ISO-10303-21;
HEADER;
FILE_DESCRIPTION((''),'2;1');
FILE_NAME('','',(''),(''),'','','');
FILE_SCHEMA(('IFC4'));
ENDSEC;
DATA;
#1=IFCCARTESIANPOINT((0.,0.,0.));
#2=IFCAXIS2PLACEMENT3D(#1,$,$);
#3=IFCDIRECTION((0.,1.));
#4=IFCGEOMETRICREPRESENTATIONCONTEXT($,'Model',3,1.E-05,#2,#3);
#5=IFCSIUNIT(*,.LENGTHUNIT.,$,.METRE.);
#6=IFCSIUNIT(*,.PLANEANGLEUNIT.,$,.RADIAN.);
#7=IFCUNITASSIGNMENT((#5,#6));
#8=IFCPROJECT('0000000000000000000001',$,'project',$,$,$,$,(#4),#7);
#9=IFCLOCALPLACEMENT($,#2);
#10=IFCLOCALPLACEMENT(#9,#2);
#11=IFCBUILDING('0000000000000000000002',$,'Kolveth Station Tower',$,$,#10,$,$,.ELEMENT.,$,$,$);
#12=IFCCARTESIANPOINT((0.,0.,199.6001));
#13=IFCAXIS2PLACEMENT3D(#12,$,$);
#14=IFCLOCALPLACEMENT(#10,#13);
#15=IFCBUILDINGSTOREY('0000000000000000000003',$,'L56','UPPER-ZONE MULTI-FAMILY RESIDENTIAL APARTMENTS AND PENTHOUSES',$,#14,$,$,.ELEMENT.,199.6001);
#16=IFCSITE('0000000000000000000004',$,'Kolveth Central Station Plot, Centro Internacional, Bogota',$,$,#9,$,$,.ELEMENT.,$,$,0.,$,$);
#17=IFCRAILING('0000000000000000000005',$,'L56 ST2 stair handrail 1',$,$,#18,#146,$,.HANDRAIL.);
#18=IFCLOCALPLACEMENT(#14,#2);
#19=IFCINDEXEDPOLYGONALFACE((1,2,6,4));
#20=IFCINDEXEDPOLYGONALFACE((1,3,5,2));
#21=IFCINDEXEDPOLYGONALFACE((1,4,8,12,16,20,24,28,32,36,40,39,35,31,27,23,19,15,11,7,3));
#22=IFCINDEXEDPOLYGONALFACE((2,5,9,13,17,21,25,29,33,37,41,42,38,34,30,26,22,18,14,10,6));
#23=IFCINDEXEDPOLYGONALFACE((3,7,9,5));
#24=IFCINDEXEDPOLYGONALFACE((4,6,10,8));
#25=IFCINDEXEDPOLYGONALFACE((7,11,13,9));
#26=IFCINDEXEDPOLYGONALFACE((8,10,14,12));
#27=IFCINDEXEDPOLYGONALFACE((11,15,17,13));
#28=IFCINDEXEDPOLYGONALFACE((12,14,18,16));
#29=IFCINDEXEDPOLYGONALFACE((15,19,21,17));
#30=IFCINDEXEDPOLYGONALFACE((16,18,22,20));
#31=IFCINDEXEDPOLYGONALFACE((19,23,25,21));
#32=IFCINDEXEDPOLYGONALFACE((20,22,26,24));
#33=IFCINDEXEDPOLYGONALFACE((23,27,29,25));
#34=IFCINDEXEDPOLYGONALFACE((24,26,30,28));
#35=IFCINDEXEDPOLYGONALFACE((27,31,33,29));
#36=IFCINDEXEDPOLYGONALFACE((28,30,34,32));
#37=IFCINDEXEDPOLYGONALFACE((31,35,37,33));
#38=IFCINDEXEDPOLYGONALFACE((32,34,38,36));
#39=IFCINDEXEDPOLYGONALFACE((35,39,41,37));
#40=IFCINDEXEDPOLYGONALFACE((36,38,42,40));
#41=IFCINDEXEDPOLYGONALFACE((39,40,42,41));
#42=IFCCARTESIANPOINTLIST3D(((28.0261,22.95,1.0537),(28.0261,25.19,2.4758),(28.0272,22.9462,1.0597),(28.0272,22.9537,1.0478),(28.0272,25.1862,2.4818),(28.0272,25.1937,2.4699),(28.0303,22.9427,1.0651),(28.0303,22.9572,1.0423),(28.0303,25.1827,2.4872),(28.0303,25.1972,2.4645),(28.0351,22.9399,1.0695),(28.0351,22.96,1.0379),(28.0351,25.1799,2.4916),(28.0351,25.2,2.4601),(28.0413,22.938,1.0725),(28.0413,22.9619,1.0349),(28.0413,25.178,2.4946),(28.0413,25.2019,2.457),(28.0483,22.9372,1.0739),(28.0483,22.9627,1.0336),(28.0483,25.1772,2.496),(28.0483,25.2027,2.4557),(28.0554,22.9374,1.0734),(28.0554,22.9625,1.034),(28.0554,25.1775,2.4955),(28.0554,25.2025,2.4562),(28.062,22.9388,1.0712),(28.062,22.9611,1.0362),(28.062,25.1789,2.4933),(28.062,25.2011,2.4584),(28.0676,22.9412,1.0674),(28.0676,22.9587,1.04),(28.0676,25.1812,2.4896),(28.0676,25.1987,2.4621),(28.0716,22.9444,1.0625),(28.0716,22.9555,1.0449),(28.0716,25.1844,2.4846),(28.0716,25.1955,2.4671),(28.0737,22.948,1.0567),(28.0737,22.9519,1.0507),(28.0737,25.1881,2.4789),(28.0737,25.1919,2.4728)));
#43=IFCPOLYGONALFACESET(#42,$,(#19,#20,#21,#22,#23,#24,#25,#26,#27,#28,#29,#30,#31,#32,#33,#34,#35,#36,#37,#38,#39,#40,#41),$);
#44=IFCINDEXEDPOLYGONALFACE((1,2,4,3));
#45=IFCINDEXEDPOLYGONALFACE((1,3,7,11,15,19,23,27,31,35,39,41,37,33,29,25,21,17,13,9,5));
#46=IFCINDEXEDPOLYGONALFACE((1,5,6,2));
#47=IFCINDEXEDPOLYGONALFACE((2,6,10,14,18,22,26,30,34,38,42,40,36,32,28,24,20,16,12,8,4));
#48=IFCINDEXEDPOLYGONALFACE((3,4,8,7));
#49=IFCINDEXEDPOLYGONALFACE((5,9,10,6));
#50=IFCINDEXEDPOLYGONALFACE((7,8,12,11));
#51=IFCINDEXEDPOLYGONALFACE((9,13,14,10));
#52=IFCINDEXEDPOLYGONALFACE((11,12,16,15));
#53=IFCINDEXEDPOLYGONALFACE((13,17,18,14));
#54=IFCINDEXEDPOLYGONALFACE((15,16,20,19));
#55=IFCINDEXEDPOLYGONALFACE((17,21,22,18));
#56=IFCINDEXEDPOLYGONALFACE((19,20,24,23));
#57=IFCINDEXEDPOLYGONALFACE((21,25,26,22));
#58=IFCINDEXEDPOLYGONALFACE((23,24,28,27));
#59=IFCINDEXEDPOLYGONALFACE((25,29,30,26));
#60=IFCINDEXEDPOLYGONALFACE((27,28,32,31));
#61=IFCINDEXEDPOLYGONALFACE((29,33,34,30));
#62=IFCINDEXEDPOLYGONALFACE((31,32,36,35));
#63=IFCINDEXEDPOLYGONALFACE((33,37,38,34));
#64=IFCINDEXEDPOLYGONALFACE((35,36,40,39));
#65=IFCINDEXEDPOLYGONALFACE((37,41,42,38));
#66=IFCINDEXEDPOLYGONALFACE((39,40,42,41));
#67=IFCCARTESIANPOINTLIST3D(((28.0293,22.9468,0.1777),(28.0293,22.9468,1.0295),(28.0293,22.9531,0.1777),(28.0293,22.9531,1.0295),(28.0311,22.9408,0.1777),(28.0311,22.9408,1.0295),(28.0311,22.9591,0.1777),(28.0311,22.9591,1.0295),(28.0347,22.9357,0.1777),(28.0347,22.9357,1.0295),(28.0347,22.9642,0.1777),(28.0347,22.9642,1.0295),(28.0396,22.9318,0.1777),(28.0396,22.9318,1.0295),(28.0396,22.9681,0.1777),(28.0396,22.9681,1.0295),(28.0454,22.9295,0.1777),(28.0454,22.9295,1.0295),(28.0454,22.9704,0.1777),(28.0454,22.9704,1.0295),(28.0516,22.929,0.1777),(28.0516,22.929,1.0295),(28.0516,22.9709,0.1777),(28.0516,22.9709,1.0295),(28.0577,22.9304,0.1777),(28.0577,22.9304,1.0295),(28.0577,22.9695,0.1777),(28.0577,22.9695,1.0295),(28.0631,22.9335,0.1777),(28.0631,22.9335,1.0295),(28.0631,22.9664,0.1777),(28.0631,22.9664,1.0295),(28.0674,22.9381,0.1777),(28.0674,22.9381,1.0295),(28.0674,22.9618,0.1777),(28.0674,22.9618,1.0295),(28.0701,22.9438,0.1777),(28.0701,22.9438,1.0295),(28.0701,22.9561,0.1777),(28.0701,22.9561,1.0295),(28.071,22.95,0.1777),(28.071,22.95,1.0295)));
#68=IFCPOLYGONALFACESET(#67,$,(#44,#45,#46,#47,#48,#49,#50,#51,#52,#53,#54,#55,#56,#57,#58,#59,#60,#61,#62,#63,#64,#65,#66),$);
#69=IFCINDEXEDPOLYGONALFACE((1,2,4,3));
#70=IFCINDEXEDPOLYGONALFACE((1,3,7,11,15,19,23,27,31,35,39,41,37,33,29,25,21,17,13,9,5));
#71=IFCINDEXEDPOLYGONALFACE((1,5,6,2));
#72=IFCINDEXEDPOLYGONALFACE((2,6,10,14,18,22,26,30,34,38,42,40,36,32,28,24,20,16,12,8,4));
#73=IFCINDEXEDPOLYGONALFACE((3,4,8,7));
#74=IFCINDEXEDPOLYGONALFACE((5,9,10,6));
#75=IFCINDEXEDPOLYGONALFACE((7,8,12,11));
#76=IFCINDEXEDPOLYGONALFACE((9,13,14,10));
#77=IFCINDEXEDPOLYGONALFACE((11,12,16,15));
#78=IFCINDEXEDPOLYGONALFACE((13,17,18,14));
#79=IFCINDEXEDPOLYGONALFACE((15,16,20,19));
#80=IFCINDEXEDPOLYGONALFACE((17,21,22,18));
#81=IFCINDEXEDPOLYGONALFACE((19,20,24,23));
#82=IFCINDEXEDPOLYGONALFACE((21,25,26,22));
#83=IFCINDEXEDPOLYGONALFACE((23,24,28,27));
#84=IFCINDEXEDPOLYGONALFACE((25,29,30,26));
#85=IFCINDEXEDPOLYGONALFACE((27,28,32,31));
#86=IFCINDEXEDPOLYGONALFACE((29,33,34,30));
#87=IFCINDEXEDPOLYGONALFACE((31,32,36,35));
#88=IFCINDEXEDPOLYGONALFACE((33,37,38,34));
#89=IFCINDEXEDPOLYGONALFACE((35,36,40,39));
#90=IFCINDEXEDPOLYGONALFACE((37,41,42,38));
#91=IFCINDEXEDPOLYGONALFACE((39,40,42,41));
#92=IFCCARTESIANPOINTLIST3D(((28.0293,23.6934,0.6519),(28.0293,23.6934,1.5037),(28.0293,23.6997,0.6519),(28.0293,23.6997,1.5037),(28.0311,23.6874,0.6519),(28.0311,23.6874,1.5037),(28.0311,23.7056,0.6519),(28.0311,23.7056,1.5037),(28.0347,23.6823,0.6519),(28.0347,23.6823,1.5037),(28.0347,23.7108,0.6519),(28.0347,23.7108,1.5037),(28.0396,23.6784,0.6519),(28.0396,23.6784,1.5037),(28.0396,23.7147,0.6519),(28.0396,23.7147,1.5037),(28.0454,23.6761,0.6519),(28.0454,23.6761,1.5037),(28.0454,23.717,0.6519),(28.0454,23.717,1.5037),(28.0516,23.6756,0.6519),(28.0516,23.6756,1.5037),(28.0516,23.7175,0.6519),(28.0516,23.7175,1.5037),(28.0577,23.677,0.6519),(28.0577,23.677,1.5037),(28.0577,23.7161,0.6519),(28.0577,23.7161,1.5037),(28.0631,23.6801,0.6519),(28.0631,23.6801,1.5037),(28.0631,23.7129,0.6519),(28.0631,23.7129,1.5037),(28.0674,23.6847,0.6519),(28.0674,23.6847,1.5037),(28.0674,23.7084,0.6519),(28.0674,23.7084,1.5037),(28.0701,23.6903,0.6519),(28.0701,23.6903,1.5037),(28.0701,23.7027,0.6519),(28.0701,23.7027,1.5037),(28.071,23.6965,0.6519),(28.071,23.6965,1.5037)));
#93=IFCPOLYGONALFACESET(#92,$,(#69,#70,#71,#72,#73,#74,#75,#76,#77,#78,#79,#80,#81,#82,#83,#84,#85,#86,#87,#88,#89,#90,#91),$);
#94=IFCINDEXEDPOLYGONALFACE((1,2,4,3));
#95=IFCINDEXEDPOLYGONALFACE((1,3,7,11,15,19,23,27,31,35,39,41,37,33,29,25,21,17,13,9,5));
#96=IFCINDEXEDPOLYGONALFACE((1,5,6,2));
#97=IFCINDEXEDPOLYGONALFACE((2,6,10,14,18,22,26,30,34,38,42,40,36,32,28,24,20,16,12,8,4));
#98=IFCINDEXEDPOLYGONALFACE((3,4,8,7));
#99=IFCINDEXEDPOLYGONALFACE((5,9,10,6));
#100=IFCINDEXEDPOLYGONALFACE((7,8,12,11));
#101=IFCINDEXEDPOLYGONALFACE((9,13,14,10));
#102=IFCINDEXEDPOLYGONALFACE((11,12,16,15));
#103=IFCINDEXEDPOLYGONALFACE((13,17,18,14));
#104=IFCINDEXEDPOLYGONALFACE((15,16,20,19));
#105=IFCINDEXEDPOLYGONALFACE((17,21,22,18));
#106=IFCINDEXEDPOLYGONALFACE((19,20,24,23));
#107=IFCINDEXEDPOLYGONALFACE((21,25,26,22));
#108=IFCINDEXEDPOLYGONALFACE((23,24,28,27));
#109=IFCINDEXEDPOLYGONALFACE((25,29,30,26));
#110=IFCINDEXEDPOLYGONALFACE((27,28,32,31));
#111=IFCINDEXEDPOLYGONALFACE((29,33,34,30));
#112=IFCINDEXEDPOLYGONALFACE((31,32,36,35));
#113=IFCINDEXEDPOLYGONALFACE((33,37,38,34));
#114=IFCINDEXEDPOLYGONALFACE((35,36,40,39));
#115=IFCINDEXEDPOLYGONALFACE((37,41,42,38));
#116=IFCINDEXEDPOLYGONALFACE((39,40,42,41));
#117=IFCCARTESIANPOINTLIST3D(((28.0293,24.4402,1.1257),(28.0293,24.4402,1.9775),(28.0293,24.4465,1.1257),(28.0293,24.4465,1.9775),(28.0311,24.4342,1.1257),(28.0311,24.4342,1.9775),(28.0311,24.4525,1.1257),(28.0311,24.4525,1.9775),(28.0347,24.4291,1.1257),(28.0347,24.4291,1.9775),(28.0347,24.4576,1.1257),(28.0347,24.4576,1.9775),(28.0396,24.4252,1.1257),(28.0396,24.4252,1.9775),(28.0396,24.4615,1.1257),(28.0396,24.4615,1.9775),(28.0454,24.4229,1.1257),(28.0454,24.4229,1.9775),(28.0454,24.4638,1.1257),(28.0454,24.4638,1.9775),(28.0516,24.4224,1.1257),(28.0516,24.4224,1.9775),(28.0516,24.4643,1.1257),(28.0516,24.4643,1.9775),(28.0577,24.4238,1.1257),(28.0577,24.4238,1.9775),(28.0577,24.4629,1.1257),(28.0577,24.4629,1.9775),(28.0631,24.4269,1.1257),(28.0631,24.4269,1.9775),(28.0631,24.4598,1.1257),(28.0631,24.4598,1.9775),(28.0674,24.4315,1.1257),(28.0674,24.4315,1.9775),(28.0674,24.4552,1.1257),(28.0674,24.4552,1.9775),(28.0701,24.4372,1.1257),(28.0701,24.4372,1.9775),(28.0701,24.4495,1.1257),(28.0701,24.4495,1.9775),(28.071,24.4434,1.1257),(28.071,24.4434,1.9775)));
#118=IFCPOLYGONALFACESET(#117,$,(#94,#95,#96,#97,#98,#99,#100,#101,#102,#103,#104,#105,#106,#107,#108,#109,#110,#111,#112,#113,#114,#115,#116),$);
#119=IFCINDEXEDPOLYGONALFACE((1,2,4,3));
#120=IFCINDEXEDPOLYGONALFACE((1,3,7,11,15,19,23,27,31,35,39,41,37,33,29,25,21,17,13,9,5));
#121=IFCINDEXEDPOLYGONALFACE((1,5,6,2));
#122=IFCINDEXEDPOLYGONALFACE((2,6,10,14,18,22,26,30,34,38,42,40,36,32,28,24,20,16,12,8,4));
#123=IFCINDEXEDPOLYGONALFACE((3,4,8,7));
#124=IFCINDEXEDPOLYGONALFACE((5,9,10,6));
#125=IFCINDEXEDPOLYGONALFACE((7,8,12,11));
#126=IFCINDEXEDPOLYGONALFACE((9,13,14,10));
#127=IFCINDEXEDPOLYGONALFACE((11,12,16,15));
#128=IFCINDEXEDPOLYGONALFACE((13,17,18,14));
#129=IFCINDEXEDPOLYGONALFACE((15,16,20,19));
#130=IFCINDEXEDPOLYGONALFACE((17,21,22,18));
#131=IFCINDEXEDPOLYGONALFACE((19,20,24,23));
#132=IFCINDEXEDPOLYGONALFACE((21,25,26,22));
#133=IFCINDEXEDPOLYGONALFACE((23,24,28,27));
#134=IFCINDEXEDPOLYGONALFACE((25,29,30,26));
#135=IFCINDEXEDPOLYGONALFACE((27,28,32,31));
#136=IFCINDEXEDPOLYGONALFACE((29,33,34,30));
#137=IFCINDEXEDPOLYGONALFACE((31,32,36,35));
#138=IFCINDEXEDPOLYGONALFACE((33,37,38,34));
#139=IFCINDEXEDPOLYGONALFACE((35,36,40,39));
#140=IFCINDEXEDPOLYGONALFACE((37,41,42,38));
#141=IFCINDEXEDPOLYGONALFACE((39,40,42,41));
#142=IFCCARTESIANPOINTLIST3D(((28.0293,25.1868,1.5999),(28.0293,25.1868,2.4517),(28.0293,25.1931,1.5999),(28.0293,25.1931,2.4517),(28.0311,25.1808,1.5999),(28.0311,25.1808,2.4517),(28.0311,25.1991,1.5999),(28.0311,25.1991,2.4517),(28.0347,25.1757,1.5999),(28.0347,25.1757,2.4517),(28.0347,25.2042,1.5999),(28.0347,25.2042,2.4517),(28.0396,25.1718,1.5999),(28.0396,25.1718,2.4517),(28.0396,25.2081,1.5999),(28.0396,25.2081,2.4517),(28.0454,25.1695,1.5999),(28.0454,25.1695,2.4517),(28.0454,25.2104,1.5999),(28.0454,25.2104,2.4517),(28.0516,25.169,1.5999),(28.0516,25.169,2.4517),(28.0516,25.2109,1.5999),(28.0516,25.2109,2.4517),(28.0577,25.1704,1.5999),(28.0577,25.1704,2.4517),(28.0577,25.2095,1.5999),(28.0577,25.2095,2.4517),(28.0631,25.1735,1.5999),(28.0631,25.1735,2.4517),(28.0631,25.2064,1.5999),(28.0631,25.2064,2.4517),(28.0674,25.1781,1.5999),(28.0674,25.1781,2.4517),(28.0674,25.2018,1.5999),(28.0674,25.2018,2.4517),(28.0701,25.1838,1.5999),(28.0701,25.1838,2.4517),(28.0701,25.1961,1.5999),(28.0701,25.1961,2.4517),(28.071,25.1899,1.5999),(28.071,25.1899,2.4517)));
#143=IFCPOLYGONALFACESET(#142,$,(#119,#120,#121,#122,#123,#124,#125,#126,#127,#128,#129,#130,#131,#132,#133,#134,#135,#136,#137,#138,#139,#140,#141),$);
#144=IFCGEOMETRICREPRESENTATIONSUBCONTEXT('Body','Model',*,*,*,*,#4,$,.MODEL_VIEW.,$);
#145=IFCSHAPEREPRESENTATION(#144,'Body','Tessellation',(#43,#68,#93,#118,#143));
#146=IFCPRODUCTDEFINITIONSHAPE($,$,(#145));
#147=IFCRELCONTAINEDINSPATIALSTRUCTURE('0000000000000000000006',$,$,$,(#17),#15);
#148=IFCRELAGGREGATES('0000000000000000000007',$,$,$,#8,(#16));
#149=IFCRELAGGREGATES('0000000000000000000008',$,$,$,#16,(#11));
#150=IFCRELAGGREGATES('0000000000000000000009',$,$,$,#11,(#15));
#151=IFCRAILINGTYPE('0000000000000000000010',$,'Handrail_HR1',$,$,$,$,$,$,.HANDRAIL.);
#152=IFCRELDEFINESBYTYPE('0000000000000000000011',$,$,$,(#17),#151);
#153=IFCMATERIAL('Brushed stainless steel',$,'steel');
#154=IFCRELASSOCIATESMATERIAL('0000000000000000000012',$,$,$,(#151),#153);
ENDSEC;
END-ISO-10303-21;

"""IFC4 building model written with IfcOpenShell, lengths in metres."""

from ifc_helpers import new_model, si_unit, direction, frame, origin, origin_2d, place, context, subcontext, project, spatial, circle, extrude, material, type_object, element, save


model = new_model("IFC4")

# Units and contexts
model_context = context("Model", 3, precision=1e-05, world=origin(), true_north=direction((0.0, 1.0)))
body_context = subcontext(model_context, "Body", "Model", "MODEL_VIEW")
ifc_project = project(units=[si_unit("LENGTHUNIT", "METRE"), si_unit("PLANEANGLEUNIT", "RADIAN")], contexts=[model_context])

# Site, building, storey
site_placement = place(None, origin())
site = spatial("IfcSite", under=ifc_project, at=site_placement, Name="Kolveth Central Station Plot, Centro Internacional, Bogota", CompositionType="ELEMENT", RefElevation=0.0)
building_placement = place(site_placement, origin())
building = spatial("IfcBuilding", under=site, at=building_placement, Name="Kolveth Station Tower", CompositionType="ELEMENT")
storey_placement = place(building_placement, frame((0.0, 0.0, 199.6001)))
storey = spatial("IfcBuildingStorey", under=building, at=storey_placement, Name="L56", Description="UPPER-ZONE MULTI-FAMILY RESIDENTIAL APARTMENTS AND PENTHOUSES", CompositionType="ELEMENT", Elevation=199.6001)

# Railing
ifc_material_1 = material(Name="Brushed stainless steel", Category="steel")
railing_type_1 = type_object("IfcRailingType", Name="Handrail_HR1", PredefinedType="HANDRAIL", material=ifc_material_1)
for number, where, name in (
    (1, (28.05, 22.95, 0.1777), "L56 ST2 stair handrail 1"),
):
    element("IfcRailing", number, at=place(storey_placement, frame(where)), inside=storey, type_object=railing_type_1, Name=name, PredefinedType="HANDRAIL", context=body_context, shape_type="SweptSolid", body=[
        extrude(circle(Radius=0.0239, at=origin_2d()), frame((0.0, 0.0, 0.876), z_axis=(0.0, 0.844229, 0.535982), x_axis=(-1.0, 0.0, 0.0)), (0.0, 0.0, 1.0), 2.6533),
        extrude(circle(Radius=0.021, at=origin_2d()), origin(), (0.0, 0.0, 1.0), 0.8518),
        extrude(circle(Radius=0.021, at=origin_2d()), frame((0.0, 0.7466, 0.4741)), (0.0, 0.0, 1.0), 0.8518),
        extrude(circle(Radius=0.021, at=origin_2d()), frame((0.0, 1.4934, 0.948)), (0.0, 0.0, 1.0), 0.8518),
        extrude(circle(Radius=0.021, at=origin_2d()), frame((0.0, 2.24, 1.4221)), (0.0, 0.0, 1.0), 0.8518),
    ])

save(model, "model.ifc")
